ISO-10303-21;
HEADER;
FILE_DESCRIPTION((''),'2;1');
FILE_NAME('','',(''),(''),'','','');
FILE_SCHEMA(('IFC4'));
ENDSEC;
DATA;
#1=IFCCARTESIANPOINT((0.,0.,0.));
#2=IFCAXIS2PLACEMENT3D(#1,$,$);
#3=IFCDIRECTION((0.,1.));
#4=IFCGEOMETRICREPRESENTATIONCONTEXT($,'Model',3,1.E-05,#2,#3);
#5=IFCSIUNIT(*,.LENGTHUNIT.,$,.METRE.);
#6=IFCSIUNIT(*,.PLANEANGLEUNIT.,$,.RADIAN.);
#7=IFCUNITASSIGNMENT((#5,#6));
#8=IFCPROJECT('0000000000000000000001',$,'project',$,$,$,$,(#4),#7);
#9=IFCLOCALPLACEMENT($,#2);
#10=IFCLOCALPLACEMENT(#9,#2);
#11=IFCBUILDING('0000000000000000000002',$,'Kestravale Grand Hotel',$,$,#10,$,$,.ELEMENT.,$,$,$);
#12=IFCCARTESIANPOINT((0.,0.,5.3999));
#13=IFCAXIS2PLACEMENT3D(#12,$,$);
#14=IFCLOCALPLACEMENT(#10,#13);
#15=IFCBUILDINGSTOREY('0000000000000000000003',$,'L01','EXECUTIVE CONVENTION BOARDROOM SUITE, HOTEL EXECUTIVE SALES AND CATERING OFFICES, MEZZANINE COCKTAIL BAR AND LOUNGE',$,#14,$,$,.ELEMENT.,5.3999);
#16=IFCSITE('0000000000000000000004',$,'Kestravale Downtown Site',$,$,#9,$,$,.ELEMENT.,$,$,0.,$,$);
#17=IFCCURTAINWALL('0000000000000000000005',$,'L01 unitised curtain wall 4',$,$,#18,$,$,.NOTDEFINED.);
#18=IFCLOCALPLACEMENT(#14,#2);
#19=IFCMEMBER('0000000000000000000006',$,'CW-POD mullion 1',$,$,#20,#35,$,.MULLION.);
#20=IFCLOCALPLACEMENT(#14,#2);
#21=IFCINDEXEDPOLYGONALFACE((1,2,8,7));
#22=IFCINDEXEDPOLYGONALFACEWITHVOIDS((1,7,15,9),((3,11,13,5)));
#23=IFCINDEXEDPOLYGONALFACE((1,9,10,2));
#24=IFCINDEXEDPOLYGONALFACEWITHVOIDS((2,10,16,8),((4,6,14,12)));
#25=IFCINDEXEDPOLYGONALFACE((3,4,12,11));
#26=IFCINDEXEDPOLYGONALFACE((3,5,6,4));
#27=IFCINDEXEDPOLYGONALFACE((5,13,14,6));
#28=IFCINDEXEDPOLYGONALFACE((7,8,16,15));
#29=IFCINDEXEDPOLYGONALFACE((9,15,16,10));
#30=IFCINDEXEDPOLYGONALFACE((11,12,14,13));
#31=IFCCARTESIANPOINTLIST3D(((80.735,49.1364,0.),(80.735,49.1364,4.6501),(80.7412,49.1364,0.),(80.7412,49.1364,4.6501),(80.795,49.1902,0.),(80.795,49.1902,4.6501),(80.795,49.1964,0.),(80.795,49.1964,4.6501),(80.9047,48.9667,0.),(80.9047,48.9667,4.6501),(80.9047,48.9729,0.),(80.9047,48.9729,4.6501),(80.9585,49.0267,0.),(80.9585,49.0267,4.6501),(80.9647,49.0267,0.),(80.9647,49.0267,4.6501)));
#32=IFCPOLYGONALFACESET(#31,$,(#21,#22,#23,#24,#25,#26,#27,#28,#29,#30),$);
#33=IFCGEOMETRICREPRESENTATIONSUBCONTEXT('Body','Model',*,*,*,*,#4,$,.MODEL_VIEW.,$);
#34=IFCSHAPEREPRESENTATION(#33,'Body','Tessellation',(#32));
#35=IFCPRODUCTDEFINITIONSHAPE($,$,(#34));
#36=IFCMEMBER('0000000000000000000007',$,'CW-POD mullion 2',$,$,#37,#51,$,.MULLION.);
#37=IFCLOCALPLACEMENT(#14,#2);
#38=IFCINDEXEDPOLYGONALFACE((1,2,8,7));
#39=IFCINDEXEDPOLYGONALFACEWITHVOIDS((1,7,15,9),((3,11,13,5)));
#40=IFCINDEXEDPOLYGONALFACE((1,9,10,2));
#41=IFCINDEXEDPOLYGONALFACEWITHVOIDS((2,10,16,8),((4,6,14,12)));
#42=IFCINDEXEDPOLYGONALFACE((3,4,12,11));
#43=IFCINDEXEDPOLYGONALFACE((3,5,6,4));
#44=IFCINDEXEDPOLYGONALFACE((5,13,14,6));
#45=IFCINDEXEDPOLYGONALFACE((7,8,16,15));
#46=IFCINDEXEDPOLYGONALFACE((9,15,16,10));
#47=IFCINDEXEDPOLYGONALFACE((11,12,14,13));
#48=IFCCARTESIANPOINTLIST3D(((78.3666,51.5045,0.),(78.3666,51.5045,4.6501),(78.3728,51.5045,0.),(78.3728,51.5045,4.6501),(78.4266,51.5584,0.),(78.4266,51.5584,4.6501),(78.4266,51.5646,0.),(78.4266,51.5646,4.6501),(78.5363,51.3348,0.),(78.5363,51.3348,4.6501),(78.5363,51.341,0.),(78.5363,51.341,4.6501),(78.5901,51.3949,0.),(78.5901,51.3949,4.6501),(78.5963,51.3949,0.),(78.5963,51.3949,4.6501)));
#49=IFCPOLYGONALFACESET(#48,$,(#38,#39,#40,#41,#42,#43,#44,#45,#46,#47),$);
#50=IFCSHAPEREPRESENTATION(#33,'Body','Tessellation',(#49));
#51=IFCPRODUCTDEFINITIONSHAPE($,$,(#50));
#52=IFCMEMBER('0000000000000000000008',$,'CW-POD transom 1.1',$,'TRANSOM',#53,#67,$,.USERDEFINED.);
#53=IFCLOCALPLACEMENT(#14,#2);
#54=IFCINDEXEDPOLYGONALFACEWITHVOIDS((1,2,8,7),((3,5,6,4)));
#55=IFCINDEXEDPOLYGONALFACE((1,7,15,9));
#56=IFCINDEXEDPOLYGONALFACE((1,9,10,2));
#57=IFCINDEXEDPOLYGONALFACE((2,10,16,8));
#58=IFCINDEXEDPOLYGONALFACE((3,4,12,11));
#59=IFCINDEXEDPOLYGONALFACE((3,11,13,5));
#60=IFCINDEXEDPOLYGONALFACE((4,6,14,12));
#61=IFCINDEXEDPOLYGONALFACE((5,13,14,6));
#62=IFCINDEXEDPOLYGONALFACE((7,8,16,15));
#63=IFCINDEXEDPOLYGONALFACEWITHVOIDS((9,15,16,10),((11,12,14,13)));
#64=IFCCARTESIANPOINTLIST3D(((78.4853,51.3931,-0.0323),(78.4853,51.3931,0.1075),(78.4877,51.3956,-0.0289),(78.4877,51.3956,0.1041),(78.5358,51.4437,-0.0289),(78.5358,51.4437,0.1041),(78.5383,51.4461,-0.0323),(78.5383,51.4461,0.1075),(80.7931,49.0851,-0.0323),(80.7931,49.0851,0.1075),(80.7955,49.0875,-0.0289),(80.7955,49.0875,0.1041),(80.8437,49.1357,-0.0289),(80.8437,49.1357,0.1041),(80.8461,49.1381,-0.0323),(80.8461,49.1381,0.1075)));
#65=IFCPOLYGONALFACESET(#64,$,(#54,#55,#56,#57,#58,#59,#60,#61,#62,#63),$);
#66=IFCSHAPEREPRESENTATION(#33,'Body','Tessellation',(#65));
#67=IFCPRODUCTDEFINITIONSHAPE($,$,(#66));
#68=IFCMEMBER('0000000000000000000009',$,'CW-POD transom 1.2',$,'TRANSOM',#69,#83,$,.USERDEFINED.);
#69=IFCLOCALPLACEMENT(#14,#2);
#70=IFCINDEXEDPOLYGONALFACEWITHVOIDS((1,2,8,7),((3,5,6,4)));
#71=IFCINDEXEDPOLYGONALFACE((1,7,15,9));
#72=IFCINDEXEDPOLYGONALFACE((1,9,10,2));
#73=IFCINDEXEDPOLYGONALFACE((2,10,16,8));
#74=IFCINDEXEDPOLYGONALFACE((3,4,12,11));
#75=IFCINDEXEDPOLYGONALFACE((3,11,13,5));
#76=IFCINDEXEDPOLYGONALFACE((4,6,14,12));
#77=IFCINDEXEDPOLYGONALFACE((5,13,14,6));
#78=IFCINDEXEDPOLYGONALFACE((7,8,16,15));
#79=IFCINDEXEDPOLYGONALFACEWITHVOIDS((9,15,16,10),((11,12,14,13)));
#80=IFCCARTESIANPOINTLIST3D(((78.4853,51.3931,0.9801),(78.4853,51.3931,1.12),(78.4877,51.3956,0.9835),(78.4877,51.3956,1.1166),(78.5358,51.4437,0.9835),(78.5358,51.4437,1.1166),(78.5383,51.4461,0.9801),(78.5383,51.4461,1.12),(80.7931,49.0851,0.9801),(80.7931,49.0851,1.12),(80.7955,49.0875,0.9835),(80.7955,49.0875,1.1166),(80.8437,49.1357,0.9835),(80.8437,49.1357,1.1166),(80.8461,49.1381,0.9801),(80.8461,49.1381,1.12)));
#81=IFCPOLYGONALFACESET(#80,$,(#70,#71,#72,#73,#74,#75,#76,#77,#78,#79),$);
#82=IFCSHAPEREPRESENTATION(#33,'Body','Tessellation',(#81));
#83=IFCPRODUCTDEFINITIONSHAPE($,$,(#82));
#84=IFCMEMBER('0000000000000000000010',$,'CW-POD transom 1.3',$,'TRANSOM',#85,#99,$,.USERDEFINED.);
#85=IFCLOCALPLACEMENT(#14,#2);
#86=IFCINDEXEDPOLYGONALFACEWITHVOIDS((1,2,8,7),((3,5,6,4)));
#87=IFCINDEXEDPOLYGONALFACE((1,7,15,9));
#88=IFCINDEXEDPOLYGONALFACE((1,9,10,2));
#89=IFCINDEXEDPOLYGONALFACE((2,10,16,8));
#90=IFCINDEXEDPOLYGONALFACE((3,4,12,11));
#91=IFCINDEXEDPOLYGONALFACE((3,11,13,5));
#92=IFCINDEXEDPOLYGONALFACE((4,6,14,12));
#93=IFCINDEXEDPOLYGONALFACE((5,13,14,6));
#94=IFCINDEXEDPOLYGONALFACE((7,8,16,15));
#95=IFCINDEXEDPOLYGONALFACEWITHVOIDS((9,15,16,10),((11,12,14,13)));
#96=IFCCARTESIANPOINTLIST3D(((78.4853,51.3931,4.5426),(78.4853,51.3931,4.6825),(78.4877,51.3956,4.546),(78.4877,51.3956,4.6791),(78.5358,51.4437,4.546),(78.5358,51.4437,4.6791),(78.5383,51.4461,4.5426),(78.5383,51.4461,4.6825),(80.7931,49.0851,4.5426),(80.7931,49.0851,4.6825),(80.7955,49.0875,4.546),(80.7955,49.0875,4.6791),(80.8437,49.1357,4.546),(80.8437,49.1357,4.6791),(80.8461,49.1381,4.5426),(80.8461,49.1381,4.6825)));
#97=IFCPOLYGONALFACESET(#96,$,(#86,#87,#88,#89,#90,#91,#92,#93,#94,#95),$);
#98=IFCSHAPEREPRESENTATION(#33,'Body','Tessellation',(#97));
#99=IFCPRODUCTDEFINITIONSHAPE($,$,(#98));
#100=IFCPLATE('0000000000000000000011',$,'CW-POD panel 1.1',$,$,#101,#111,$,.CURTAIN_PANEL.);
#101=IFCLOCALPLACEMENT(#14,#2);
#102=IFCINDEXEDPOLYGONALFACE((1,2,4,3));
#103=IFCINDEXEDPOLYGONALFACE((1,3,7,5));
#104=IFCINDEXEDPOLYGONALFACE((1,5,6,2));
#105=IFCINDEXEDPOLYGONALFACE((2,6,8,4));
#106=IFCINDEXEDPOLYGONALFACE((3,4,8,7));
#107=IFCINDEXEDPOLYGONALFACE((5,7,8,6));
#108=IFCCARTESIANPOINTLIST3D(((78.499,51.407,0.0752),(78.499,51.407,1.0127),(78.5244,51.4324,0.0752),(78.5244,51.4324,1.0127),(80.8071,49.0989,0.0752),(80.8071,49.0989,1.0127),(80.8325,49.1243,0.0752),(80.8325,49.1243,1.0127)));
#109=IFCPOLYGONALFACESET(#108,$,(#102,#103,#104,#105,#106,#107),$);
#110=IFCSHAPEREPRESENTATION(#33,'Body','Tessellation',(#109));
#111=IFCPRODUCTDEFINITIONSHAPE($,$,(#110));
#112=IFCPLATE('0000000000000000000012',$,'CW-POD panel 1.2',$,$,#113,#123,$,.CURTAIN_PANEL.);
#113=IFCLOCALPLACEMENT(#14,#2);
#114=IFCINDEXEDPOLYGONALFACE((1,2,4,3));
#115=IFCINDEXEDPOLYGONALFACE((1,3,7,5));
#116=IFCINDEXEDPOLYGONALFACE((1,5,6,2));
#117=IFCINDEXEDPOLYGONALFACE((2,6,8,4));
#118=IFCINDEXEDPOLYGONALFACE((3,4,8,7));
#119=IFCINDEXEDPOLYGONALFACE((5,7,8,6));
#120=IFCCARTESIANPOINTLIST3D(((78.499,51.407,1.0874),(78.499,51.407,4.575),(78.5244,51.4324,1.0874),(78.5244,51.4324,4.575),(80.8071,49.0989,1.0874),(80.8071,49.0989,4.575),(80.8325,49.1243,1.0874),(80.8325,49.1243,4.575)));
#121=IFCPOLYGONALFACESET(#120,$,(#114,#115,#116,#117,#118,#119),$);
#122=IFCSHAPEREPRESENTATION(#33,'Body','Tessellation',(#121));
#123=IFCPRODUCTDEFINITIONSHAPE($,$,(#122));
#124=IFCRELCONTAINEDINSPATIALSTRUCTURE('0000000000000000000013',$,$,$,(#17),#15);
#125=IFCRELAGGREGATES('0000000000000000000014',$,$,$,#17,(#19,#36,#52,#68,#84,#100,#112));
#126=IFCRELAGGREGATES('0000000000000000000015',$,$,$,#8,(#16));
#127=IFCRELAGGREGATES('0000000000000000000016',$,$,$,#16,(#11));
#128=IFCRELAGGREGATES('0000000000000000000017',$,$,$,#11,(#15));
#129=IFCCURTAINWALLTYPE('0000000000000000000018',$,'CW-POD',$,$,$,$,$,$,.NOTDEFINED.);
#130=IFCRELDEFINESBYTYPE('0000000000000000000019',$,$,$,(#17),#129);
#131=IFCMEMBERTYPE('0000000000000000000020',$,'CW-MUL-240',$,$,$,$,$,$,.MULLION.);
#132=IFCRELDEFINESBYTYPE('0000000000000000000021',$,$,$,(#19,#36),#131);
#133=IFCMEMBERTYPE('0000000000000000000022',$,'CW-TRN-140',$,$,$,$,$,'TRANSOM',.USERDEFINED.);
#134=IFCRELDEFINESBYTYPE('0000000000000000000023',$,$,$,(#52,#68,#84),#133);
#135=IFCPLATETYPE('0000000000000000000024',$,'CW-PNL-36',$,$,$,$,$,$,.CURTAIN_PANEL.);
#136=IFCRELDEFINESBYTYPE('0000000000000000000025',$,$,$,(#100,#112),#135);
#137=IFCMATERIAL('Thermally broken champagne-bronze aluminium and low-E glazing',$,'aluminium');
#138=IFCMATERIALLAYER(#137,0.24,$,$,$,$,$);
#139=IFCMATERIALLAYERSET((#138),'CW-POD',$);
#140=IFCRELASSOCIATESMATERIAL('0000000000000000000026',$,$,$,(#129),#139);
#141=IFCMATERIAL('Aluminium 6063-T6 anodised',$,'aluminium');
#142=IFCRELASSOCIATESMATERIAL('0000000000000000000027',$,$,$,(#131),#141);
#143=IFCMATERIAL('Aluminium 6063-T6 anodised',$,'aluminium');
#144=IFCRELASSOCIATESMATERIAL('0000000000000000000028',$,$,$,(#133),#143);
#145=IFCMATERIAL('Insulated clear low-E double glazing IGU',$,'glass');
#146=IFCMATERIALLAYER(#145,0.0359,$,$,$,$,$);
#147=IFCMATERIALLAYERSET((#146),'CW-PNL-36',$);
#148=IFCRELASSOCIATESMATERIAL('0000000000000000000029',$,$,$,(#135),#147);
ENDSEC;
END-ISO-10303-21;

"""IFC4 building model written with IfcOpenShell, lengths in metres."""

from ifc_helpers import new_model, si_unit, direction, frame, origin, origin_2d, place, context, subcontext, project, spatial, rectangle, hollow_rectangle, extrude, material, layer, layer_set, material_profile, profile_set, type_object, element, aggregate, save


model = new_model("IFC4")

# Units and contexts
model_context = context("Model", 3, precision=1e-05, world=origin(), true_north=direction((0.0, 1.0)))
body_context = subcontext(model_context, "Body", "Model", "MODEL_VIEW")
ifc_project = project(units=[si_unit("LENGTHUNIT", "METRE"), si_unit("PLANEANGLEUNIT", "RADIAN")], contexts=[model_context])

# Site, building, storey
site_placement = place(None, origin())
site = spatial("IfcSite", under=ifc_project, at=site_placement, Name="Kestravale Downtown Site", CompositionType="ELEMENT", RefElevation=0.0)
building_placement = place(site_placement, origin())
building = spatial("IfcBuilding", under=site, at=building_placement, Name="Kestravale Grand Hotel", CompositionType="ELEMENT")
storey_placement = place(building_placement, frame((0.0, 0.0, 5.3999)))
storey = spatial("IfcBuildingStorey", under=building, at=storey_placement, Name="L01", Description="EXECUTIVE CONVENTION BOARDROOM SUITE, HOTEL EXECUTIVE SALES AND CATERING OFFICES, MEZZANINE COCKTAIL BAR AND LOUNGE", CompositionType="ELEMENT", Elevation=5.3999)

# Curtain wall, members, plates
ifc_material_1 = material(Name="Thermally broken champagne-bronze aluminium and low-E glazing", Category="aluminium")
ifc_layer_1 = layer(ifc_material_1, 0.24)
ifc_layer_set_1 = layer_set([ifc_layer_1], Name="CW-POD")
curtain_wall_type = type_object("IfcCurtainWallType", Name="CW-POD", PredefinedType="NOTDEFINED", material=ifc_layer_set_1)
curtain_wall_placement = place(storey_placement, origin())
curtain_wall = element("IfcCurtainWall", 1, at=curtain_wall_placement, inside=storey, type_object=curtain_wall_type, Name="L01 unitised curtain wall 4", PredefinedType="NOTDEFINED")
ifc_material_2 = material(Name="Aluminium 6063-T6 anodised", Category="aluminium")
ifc_material_profile_1 = material_profile(ifc_material_2, hollow_rectangle(XDim=0.085, YDim=0.24, WallThickness=0.0044, at=origin_2d()))
ifc_profile_set_1 = profile_set([ifc_material_profile_1], Name="Aluminium 6063-T6 anodised")
member_type_1 = type_object("IfcMemberType", Name="CW-MUL-240", PredefinedType="MULLION", material=ifc_profile_set_1)
member_1_placement = place(storey_placement, frame((80.8499, 49.0815, 0.0), z_axis=(0.0, 0.0, 1.0), x_axis=(-0.707107, -0.707107, 0.0)))
member_1 = element("IfcMember", 2, at=member_1_placement, type_object=member_type_1, Name="CW-POD mullion 1", PredefinedType="MULLION", context=body_context, shape_type="SweptSolid", body=[
    extrude(hollow_rectangle(XDim=0.085, YDim=0.24, WallThickness=0.0044, at=origin_2d()), origin(), (0.0, 0.0, 1.0), 4.6501),
])
member_2_placement = place(storey_placement, frame((78.4814, 51.4497, 0.0), z_axis=(0.0, 0.0, 1.0), x_axis=(-0.707107, -0.707107, 0.0)))
member_2 = element("IfcMember", 3, at=member_2_placement, type_object=member_type_1, Name="CW-POD mullion 2", PredefinedType="MULLION", context=body_context, shape_type="SweptSolid", body=[
    extrude(hollow_rectangle(XDim=0.085, YDim=0.24, WallThickness=0.0044, at=origin_2d()), origin(), (0.0, 0.0, 1.0), 4.6501),
])
ifc_material_3 = material(Name="Aluminium 6063-T6 anodised", Category="aluminium")
ifc_material_profile_2 = material_profile(ifc_material_3, hollow_rectangle(XDim=0.075, YDim=0.1399, WallThickness=0.0034, at=origin_2d()))
ifc_profile_set_2 = profile_set([ifc_material_profile_2], Name="Aluminium 6063-T6 anodised")
member_type_2 = type_object("IfcMemberType", Name="CW-TRN-140", ElementType="TRANSOM", PredefinedType="USERDEFINED", material=ifc_profile_set_2)
member_3_placement = place(storey_placement, frame((80.8196, 49.1116, 0.0376), z_axis=(-0.707069, 0.707144, 0.0), x_axis=(-0.707144, -0.707069, 0.0)))
member_3 = element("IfcMember", 4, at=member_3_placement, type_object=member_type_2, Name="CW-POD transom 1.1", ObjectType="TRANSOM", PredefinedType="USERDEFINED", context=body_context, shape_type="SweptSolid", body=[
    extrude(hollow_rectangle(XDim=0.075, YDim=0.1399, WallThickness=0.0034, at=origin_2d()), origin(), (0.0, 0.0, 1.0), 3.2639),
])
member_4_placement = place(storey_placement, frame((80.8196, 49.1116, 1.05), z_axis=(-0.707069, 0.707144, 0.0), x_axis=(-0.707144, -0.707069, 0.0)))
member_4 = element("IfcMember", 5, at=member_4_placement, type_object=member_type_2, Name="CW-POD transom 1.2", ObjectType="TRANSOM", PredefinedType="USERDEFINED", context=body_context, shape_type="SweptSolid", body=[
    extrude(hollow_rectangle(XDim=0.075, YDim=0.1399, WallThickness=0.0034, at=origin_2d()), origin(), (0.0, 0.0, 1.0), 3.2639),
])
member_5_placement = place(storey_placement, frame((80.8196, 49.1116, 4.6125), z_axis=(-0.707069, 0.707144, 0.0), x_axis=(-0.707144, -0.707069, 0.0)))
member_5 = element("IfcMember", 6, at=member_5_placement, type_object=member_type_2, Name="CW-POD transom 1.3", ObjectType="TRANSOM", PredefinedType="USERDEFINED", context=body_context, shape_type="SweptSolid", body=[
    extrude(hollow_rectangle(XDim=0.075, YDim=0.1399, WallThickness=0.0034, at=origin_2d()), origin(), (0.0, 0.0, 1.0), 3.2639),
])
ifc_material_4 = material(Name="Insulated clear low-E double glazing IGU", Category="glass")
ifc_layer_2 = layer(ifc_material_4, 0.0359)
ifc_layer_set_2 = layer_set([ifc_layer_2], Name="CW-PNL-36")
plate_type = type_object("IfcPlateType", Name="CW-PNL-36", PredefinedType="CURTAIN_PANEL", material=ifc_layer_set_2)
plate_1_placement = place(storey_placement, frame((79.6658, 50.2656, 0.0752), z_axis=(0.0, 0.0, 1.0), x_axis=(-0.707107, 0.707107, 0.0)))
plate_1 = element("IfcPlate", 7, at=plate_1_placement, type_object=plate_type, Name="CW-POD panel 1.1", PredefinedType="CURTAIN_PANEL", context=body_context, shape_type="SweptSolid", body=[
    extrude(rectangle(XDim=3.2642, YDim=0.0359, at=origin_2d()), origin(), (0.0, 0.0, 1.0), 0.9375),
])
plate_2_placement = place(storey_placement, frame((79.6658, 50.2656, 1.0874), z_axis=(0.0, 0.0, 1.0), x_axis=(-0.707107, 0.707107, 0.0)))
plate_2 = element("IfcPlate", 8, at=plate_2_placement, type_object=plate_type, Name="CW-POD panel 1.2", PredefinedType="CURTAIN_PANEL", context=body_context, shape_type="SweptSolid", body=[
    extrude(rectangle(XDim=3.2642, YDim=0.0359, at=origin_2d()), origin(), (0.0, 0.0, 1.0), 3.4875),
])
aggregate(curtain_wall, [member_1, member_2, member_3, member_4, member_5, plate_1, plate_2])

save(model, "model.ifc")
